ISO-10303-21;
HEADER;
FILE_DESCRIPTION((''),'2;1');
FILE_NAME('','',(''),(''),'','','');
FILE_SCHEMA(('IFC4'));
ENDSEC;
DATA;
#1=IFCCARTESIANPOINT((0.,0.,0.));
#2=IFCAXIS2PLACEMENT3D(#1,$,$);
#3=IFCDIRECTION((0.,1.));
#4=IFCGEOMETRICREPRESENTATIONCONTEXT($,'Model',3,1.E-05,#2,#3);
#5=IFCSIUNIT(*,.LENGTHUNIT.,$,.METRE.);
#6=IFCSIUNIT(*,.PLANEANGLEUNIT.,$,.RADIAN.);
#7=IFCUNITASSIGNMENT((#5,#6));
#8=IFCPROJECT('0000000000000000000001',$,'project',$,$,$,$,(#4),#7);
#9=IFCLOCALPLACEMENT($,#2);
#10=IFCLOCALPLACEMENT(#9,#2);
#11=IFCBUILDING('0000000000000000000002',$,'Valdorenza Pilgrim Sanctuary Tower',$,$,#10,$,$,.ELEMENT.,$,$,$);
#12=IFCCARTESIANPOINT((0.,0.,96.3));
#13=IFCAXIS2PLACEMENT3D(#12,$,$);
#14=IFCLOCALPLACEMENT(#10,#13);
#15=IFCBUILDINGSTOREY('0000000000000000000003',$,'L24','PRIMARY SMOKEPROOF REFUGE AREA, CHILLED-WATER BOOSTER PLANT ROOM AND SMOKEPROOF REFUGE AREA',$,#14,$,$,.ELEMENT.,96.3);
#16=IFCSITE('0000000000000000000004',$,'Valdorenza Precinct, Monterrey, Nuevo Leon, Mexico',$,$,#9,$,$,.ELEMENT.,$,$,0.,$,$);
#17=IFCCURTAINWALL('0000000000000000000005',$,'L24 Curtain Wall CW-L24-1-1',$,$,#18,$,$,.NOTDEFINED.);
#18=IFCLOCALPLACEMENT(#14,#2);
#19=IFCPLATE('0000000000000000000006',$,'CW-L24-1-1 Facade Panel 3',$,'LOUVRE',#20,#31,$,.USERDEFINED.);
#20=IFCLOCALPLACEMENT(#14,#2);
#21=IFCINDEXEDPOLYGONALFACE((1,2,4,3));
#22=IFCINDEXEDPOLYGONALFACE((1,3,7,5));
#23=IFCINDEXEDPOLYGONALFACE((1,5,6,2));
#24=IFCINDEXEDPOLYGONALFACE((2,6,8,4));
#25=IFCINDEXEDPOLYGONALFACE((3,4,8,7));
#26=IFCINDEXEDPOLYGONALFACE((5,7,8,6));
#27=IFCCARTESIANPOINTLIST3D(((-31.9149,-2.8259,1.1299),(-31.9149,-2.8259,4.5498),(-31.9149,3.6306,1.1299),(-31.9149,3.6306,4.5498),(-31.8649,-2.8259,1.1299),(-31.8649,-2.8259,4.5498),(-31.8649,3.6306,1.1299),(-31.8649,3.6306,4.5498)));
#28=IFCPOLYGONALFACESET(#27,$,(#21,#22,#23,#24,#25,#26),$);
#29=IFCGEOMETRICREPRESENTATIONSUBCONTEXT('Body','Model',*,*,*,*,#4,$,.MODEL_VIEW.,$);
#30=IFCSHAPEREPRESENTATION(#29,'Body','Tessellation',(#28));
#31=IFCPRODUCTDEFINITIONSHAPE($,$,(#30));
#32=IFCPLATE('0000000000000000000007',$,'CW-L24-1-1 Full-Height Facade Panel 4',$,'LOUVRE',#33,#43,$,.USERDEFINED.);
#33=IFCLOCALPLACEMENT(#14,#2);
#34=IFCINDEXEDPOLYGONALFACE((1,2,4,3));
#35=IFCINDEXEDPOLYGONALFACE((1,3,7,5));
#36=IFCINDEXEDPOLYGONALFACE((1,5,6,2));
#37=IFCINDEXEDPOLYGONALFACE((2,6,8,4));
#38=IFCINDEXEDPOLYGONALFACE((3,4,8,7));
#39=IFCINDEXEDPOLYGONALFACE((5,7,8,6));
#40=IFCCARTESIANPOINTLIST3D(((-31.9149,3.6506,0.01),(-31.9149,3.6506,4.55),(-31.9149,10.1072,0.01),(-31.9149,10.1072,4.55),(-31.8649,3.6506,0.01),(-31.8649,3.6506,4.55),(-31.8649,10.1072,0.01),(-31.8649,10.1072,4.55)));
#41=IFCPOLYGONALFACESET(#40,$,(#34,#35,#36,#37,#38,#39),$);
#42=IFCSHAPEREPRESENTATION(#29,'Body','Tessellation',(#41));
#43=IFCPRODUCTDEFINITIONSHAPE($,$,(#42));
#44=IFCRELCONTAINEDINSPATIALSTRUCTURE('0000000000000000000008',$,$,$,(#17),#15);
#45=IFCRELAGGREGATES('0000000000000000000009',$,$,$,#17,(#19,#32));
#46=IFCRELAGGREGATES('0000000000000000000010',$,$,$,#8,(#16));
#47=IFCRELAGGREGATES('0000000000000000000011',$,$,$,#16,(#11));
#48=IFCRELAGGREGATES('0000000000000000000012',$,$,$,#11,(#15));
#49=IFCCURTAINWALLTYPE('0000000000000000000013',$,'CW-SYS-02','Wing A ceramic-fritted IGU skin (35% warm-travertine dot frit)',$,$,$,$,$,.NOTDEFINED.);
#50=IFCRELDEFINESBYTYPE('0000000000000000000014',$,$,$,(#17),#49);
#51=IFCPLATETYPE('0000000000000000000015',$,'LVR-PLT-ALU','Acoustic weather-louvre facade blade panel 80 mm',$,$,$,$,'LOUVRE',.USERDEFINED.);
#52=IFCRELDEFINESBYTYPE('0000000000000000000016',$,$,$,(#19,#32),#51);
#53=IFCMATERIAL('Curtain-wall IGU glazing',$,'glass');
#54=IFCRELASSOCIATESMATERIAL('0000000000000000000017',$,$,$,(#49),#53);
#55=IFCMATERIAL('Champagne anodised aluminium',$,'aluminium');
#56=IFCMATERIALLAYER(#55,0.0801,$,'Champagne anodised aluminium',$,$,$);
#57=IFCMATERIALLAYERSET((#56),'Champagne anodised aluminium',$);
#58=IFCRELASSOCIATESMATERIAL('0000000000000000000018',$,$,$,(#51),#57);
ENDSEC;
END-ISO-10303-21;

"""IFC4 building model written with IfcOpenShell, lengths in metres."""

from ifc_helpers import new_model, si_unit, direction, frame, origin, origin_2d, place, context, subcontext, project, spatial, rectangle, extrude, source, transform, mapped, material, layer, layer_set, type_object, element, aggregate, save


model = new_model("IFC4")

# Units and contexts
model_context = context("Model", 3, precision=1e-05, world=origin(), true_north=direction((0.0, 1.0)))
body_context = subcontext(model_context, "Body", "Model", "MODEL_VIEW")
ifc_project = project(units=[si_unit("LENGTHUNIT", "METRE"), si_unit("PLANEANGLEUNIT", "RADIAN")], contexts=[model_context])

# Site, building, storey
site_placement = place(None, origin())
site = spatial("IfcSite", under=ifc_project, at=site_placement, Name="Valdorenza Precinct, Monterrey, Nuevo Leon, Mexico", CompositionType="ELEMENT", RefElevation=0.0)
building_placement = place(site_placement, origin())
building = spatial("IfcBuilding", under=site, at=building_placement, Name="Valdorenza Pilgrim Sanctuary Tower", CompositionType="ELEMENT")
storey_placement = place(building_placement, frame((0.0, 0.0, 96.3)))
storey = spatial("IfcBuildingStorey", under=building, at=storey_placement, Name="L24", Description="PRIMARY SMOKEPROOF REFUGE AREA, CHILLED-WATER BOOSTER PLANT ROOM AND SMOKEPROOF REFUGE AREA", CompositionType="ELEMENT", Elevation=96.3)

# Curtain wall
ifc_material_1 = material(Name="Curtain-wall IGU glazing", Category="glass")
curtain_wall_type = type_object("IfcCurtainWallType", Name="CW-SYS-02", Description="Wing A ceramic-fritted IGU skin (35% warm-travertine dot frit)", PredefinedType="NOTDEFINED", material=ifc_material_1)
curtain_wall_placement = place(storey_placement, origin())
curtain_wall = element("IfcCurtainWall", 1, at=curtain_wall_placement, inside=storey, type_object=curtain_wall_type, Name="L24 Curtain Wall CW-L24-1-1", PredefinedType="NOTDEFINED")

# Plates
ifc_material_2 = material(Name="Champagne anodised aluminium", Category="aluminium")
ifc_layer_1 = layer(ifc_material_2, 0.0801, Name="Champagne anodised aluminium")
ifc_layer_set_1 = layer_set([ifc_layer_1], Name="Champagne anodised aluminium")
plate_type_1 = type_object("IfcPlateType", Name="LVR-PLT-ALU", Description="Acoustic weather-louvre facade blade panel 80 mm", ElementType="LOUVRE", PredefinedType="USERDEFINED", material=ifc_layer_set_1)
shared_shape_1 = source(origin(), body_context, "Body", "SweptSolid", [
    extrude(rectangle(XDim=6.4565, YDim=0.05, at=origin_2d()), origin(), (0.0, 0.0, 1.0), 3.4199),
])
plate_1_placement = place(storey_placement, frame((-31.8899, 0.4023, 1.1299), z_axis=(0.0, 0.0, 1.0), x_axis=(0.0, 1.0, 0.0)))
plate_1 = element("IfcPlate", 2, at=plate_1_placement, type_object=plate_type_1, Name="CW-L24-1-1 Facade Panel 3", ObjectType="LOUVRE", PredefinedType="USERDEFINED", context=body_context, shape_type="MappedRepresentation", body=[
    mapped(shared_shape_1, transform((0.0, 0.0, 0.0), x_axis=(1.0, 0.0, 0.0), y_axis=(0.0, 1.0, 0.0), z_axis=(0.0, 0.0, 1.0), scale=1.0)),
])
shared_shape_2 = source(origin(), body_context, "Body", "SweptSolid", [
    extrude(rectangle(XDim=6.4565, YDim=0.05, at=origin_2d()), origin(), (0.0, 0.0, 1.0), 4.54),
])
plate_2_placement = place(storey_placement, frame((-31.8899, 6.8789, 0.01), z_axis=(0.0, 0.0, 1.0), x_axis=(0.0, 1.0, 0.0)))
plate_2 = element("IfcPlate", 3, at=plate_2_placement, type_object=plate_type_1, Name="CW-L24-1-1 Full-Height Facade Panel 4", ObjectType="LOUVRE", PredefinedType="USERDEFINED", context=body_context, shape_type="MappedRepresentation", body=[
    mapped(shared_shape_2, transform((0.0, 0.0, 0.0), x_axis=(1.0, 0.0, 0.0), y_axis=(0.0, 1.0, 0.0), z_axis=(0.0, 0.0, 1.0), scale=1.0)),
])
aggregate(curtain_wall, [plate_1, plate_2])

save(model, "model.ifc")
